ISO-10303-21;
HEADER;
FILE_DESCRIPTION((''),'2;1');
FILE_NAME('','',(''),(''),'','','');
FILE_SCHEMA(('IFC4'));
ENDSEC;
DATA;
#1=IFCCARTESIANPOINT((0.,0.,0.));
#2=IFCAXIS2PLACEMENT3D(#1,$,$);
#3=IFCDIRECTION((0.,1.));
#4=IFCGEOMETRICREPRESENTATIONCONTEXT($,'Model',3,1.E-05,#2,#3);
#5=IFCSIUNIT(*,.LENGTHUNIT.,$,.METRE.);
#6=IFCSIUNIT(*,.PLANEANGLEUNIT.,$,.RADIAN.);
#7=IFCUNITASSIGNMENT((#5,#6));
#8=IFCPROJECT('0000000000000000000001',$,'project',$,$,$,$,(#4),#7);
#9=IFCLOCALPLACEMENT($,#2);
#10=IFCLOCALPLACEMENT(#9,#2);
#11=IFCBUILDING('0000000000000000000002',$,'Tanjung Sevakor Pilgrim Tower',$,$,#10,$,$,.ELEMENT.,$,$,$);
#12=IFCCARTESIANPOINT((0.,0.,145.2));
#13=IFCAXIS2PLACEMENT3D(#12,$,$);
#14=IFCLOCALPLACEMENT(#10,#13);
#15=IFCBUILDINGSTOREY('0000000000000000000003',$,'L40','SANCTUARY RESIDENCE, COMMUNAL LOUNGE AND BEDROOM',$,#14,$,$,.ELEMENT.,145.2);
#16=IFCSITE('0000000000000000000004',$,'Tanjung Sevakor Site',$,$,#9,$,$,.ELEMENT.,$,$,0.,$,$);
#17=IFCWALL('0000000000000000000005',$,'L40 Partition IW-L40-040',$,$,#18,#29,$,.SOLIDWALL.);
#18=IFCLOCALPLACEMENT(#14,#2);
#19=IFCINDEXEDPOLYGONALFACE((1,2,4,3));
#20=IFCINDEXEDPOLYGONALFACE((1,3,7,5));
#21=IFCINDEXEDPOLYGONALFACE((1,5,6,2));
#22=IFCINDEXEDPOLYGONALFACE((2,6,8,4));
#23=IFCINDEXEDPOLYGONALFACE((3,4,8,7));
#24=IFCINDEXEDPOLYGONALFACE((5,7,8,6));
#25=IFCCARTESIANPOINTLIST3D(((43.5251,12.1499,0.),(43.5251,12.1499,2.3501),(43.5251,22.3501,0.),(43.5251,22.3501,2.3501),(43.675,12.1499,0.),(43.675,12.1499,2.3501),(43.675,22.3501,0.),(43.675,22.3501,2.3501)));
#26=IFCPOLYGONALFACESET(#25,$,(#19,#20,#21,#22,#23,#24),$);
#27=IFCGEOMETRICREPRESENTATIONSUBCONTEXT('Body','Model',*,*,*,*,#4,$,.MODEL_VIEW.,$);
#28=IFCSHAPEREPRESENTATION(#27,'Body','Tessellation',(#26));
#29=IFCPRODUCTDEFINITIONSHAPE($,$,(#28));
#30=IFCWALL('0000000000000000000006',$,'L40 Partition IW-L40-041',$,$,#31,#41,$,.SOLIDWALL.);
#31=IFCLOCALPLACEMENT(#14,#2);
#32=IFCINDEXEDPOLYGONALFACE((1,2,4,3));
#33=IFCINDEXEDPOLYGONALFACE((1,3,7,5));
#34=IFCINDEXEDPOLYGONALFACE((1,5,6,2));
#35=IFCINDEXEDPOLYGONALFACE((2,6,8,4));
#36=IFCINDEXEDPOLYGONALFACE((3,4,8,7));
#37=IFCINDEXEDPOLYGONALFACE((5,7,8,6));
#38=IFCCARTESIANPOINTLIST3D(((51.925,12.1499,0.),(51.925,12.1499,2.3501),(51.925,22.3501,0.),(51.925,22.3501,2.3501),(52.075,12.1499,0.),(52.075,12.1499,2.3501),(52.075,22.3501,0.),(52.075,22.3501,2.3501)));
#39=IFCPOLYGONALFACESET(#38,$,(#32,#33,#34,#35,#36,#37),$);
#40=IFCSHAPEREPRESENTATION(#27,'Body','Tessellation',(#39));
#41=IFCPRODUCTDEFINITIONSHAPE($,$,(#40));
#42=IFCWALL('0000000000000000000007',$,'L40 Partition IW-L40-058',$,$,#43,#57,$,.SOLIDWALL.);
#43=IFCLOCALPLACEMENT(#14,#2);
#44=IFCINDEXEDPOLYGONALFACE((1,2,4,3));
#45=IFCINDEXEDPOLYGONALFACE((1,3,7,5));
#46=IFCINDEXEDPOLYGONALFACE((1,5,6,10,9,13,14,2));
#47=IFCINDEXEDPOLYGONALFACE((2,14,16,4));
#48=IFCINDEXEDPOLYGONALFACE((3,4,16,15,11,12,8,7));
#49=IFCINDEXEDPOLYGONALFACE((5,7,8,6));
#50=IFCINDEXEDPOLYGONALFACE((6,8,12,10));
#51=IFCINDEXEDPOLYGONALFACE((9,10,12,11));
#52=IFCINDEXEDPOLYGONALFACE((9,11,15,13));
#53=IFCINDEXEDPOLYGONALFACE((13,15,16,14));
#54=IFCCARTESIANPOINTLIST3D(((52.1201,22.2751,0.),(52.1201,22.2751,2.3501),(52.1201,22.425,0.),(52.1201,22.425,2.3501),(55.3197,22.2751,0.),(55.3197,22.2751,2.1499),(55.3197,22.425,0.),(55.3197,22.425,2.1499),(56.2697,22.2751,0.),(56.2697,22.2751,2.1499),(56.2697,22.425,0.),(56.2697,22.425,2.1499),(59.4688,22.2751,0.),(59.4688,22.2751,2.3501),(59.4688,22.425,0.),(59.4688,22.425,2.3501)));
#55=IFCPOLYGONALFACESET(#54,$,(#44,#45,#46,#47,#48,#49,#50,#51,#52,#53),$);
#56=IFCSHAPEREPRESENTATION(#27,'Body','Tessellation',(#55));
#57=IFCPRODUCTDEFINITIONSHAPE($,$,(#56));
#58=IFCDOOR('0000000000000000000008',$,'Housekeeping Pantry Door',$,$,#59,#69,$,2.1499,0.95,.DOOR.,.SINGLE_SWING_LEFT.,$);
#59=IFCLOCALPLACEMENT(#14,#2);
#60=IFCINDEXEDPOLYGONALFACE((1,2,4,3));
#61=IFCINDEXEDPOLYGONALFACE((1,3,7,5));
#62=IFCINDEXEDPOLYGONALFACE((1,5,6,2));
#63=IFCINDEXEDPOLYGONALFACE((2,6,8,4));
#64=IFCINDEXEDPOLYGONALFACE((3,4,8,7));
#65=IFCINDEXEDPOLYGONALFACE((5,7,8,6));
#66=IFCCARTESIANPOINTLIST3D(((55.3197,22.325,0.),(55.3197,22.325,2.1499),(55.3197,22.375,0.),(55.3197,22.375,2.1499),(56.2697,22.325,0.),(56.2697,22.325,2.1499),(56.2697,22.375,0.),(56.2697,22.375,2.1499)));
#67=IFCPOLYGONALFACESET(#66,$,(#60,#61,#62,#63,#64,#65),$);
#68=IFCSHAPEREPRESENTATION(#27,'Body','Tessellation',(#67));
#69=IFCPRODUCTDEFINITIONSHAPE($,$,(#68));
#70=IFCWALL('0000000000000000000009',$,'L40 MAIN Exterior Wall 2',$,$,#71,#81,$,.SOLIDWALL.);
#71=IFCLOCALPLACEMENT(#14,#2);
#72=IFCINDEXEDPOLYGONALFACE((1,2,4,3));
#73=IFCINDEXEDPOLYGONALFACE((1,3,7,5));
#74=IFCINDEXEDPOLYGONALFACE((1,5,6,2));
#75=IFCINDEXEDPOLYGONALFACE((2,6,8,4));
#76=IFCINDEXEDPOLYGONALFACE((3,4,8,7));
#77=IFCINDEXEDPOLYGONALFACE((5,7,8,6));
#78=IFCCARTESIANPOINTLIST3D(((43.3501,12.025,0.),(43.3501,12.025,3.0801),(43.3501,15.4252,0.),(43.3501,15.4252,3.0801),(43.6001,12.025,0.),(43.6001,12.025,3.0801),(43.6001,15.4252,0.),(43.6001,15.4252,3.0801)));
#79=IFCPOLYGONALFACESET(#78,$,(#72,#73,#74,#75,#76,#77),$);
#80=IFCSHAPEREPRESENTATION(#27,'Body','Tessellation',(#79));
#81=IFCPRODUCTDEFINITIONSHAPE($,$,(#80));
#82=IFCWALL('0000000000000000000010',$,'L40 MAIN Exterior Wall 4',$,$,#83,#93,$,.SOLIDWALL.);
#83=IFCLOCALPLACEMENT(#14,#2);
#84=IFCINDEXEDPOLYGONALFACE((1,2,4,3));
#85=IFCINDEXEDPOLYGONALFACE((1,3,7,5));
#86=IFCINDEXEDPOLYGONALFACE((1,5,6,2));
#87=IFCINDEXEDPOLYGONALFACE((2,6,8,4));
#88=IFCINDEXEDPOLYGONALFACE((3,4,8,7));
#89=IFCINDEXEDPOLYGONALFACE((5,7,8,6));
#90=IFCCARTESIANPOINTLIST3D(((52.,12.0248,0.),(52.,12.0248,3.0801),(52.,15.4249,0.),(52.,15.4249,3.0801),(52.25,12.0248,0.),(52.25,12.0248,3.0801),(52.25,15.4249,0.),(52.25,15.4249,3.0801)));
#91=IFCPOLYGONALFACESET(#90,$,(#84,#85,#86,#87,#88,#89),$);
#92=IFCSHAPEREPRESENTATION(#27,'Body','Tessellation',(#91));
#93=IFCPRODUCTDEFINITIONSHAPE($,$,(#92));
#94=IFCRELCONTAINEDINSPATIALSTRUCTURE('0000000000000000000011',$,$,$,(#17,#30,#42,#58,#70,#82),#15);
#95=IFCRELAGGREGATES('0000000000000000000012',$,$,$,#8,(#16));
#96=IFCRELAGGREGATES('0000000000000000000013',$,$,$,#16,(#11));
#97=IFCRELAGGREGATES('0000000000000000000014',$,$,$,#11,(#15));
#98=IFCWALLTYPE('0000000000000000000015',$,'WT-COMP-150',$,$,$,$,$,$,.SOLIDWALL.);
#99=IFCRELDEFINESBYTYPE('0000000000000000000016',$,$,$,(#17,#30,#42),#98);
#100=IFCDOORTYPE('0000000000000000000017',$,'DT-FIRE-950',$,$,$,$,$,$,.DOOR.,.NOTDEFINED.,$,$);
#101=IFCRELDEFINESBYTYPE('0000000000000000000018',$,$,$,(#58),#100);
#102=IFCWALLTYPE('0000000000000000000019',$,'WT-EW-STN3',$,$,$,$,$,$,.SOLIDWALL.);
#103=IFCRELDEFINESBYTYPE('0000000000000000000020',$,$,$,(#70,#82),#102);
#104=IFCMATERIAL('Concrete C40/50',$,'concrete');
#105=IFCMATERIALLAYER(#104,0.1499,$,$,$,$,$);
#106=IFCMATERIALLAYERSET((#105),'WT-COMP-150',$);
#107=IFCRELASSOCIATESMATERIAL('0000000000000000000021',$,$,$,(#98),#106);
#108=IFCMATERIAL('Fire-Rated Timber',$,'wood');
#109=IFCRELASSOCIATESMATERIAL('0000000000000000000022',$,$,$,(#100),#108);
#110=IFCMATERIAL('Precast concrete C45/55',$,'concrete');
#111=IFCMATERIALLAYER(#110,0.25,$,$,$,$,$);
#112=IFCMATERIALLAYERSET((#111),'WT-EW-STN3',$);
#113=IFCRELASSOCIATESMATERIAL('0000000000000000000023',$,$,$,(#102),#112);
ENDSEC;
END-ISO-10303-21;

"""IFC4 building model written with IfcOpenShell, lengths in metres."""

from ifc_helpers import new_model, si_unit, direction, frame, frame_2d, origin, place, context, subcontext, project, spatial, rectangle, extrude, material, layer, layer_set, type_object, element, fill, save


model = new_model("IFC4")

# Units and contexts
model_context = context("Model", 3, precision=1e-05, world=origin(), true_north=direction((0.0, 1.0)))
body_context = subcontext(model_context, "Body", "Model", "MODEL_VIEW")
ifc_project = project(units=[si_unit("LENGTHUNIT", "METRE"), si_unit("PLANEANGLEUNIT", "RADIAN")], contexts=[model_context])

# Site, building, storey
site_placement = place(None, origin())
site = spatial("IfcSite", under=ifc_project, at=site_placement, Name="Tanjung Sevakor Site", CompositionType="ELEMENT", RefElevation=0.0)
building_placement = place(site_placement, origin())
building = spatial("IfcBuilding", under=site, at=building_placement, Name="Tanjung Sevakor Pilgrim Tower", CompositionType="ELEMENT")
storey_placement = place(building_placement, frame((0.0, 0.0, 145.2)))
storey = spatial("IfcBuildingStorey", under=building, at=storey_placement, Name="L40", Description="SANCTUARY RESIDENCE, COMMUNAL LOUNGE AND BEDROOM", CompositionType="ELEMENT", Elevation=145.2)

# Shared definitions
ifc_material_1 = material(Name="Concrete C40/50", Category="concrete")
ifc_layer_1 = layer(ifc_material_1, 0.1499)
ifc_layer_set_1 = layer_set([ifc_layer_1], Name="WT-COMP-150")
wall_type_1 = type_object("IfcWallType", Name="WT-COMP-150", PredefinedType="SOLIDWALL", material=ifc_layer_set_1)

# Walls
for number, where, z_axis, x_axis, name in (
    (1, (43.6001, 12.1499, 0.0), (0.0, 0.0, 1.0), (0.0, 1.0, 0.0), "L40 Partition IW-L40-040"),
    (2, (52.0, 12.1499, 0.0), (0.0, 0.0, 1.0), (0.0, 1.0, 0.0), "L40 Partition IW-L40-041"),
):
    element("IfcWall", number, at=place(storey_placement, frame(where, z_axis=z_axis, x_axis=x_axis)), inside=storey, type_object=wall_type_1, Name=name, PredefinedType="SOLIDWALL", context=body_context, shape_type="SweptSolid", body=[
        extrude(rectangle(XDim=10.2002, YDim=0.1499, at=frame_2d((5.1001, 0.0))), origin(), (0.0, 0.0, 1.0), 2.3501),
    ])

# Wall, opening, door
wall_1_placement = place(storey_placement, frame((52.1201, 22.3501, 0.0), z_axis=(0.0, 0.0, 1.0), x_axis=(1.0, 0.0, 0.0)))
wall_1 = element("IfcWall", 3, at=wall_1_placement, inside=storey, type_object=wall_type_1, Name="L40 Partition IW-L40-058", PredefinedType="SOLIDWALL", context=body_context, shape_type="SweptSolid", body=[
    extrude(rectangle(XDim=7.3486, YDim=0.1499, at=frame_2d((3.6743, 0.0))), origin(), (0.0, 0.0, 1.0), 2.3501),
])
opening_1_placement = place(wall_1_placement, frame((3.1995, 0.0, 0.0)))
opening_1 = element("IfcOpeningElement", 4, at=opening_1_placement, cuts=wall_1, PredefinedType="OPENING", context=body_context, shape_type="SweptSolid", body=[
    extrude(rectangle(XDim=0.95, YDim=2.1499, at=frame_2d((0.4751, 1.075))), frame((0.0, 0.085, 0.0), z_axis=(0.0, -1.0, 0.0), x_axis=(1.0, 0.0, 0.0)), (0.0, 0.0, 1.0), 0.1699),
])
ifc_material_2 = material(Name="Fire-Rated Timber", Category="wood")
door_type_1 = type_object("IfcDoorType", Name="DT-FIRE-950", OperationType="NOTDEFINED", PredefinedType="DOOR", material=ifc_material_2)
door_1_placement = place(opening_1_placement, origin())
door_1 = element("IfcDoor", 5, at=door_1_placement, inside=storey, type_object=door_type_1, Name="Housekeeping Pantry Door", OperationType="SINGLE_SWING_LEFT", OverallHeight=2.1499, OverallWidth=0.95, PredefinedType="DOOR", context=body_context, shape_type="SweptSolid", body=[
    extrude(rectangle(XDim=0.95, YDim=2.1499, at=frame_2d((0.4751, 1.075))), frame((0.0, 0.0249, 0.0), z_axis=(0.0, -1.0, 0.0), x_axis=(1.0, 0.0, 0.0)), (0.0, 0.0, 1.0), 0.05),
])
fill(opening_1, door_1)

# Walls
ifc_material_3 = material(Name="Precast concrete C45/55", Category="concrete")
ifc_layer_2 = layer(ifc_material_3, 0.25)
ifc_layer_set_2 = layer_set([ifc_layer_2], Name="WT-EW-STN3")
wall_type_2 = type_object("IfcWallType", Name="WT-EW-STN3", PredefinedType="SOLIDWALL", material=ifc_layer_set_2)
for number, where, z_axis, x_axis, name in (
    (6, (43.4751, 12.0249, 0.0), (0.0, 0.0, 1.0), (0.0, 1.0, 0.0), "L40 MAIN Exterior Wall 2"),
    (7, (52.125, 15.425, 0.0), (0.0, 0.0, 1.0), (0.0, -1.0, 0.0), "L40 MAIN Exterior Wall 4"),
):
    element("IfcWall", number, at=place(storey_placement, frame(where, z_axis=z_axis, x_axis=x_axis)), inside=storey, type_object=wall_type_2, Name=name, PredefinedType="SOLIDWALL", context=body_context, shape_type="SweptSolid", body=[
        extrude(rectangle(XDim=3.4001, YDim=0.25, at=frame_2d((1.7002, 0.0))), origin(), (0.0, 0.0, 1.0), 3.0801),
    ])

save(model, "model.ifc")
